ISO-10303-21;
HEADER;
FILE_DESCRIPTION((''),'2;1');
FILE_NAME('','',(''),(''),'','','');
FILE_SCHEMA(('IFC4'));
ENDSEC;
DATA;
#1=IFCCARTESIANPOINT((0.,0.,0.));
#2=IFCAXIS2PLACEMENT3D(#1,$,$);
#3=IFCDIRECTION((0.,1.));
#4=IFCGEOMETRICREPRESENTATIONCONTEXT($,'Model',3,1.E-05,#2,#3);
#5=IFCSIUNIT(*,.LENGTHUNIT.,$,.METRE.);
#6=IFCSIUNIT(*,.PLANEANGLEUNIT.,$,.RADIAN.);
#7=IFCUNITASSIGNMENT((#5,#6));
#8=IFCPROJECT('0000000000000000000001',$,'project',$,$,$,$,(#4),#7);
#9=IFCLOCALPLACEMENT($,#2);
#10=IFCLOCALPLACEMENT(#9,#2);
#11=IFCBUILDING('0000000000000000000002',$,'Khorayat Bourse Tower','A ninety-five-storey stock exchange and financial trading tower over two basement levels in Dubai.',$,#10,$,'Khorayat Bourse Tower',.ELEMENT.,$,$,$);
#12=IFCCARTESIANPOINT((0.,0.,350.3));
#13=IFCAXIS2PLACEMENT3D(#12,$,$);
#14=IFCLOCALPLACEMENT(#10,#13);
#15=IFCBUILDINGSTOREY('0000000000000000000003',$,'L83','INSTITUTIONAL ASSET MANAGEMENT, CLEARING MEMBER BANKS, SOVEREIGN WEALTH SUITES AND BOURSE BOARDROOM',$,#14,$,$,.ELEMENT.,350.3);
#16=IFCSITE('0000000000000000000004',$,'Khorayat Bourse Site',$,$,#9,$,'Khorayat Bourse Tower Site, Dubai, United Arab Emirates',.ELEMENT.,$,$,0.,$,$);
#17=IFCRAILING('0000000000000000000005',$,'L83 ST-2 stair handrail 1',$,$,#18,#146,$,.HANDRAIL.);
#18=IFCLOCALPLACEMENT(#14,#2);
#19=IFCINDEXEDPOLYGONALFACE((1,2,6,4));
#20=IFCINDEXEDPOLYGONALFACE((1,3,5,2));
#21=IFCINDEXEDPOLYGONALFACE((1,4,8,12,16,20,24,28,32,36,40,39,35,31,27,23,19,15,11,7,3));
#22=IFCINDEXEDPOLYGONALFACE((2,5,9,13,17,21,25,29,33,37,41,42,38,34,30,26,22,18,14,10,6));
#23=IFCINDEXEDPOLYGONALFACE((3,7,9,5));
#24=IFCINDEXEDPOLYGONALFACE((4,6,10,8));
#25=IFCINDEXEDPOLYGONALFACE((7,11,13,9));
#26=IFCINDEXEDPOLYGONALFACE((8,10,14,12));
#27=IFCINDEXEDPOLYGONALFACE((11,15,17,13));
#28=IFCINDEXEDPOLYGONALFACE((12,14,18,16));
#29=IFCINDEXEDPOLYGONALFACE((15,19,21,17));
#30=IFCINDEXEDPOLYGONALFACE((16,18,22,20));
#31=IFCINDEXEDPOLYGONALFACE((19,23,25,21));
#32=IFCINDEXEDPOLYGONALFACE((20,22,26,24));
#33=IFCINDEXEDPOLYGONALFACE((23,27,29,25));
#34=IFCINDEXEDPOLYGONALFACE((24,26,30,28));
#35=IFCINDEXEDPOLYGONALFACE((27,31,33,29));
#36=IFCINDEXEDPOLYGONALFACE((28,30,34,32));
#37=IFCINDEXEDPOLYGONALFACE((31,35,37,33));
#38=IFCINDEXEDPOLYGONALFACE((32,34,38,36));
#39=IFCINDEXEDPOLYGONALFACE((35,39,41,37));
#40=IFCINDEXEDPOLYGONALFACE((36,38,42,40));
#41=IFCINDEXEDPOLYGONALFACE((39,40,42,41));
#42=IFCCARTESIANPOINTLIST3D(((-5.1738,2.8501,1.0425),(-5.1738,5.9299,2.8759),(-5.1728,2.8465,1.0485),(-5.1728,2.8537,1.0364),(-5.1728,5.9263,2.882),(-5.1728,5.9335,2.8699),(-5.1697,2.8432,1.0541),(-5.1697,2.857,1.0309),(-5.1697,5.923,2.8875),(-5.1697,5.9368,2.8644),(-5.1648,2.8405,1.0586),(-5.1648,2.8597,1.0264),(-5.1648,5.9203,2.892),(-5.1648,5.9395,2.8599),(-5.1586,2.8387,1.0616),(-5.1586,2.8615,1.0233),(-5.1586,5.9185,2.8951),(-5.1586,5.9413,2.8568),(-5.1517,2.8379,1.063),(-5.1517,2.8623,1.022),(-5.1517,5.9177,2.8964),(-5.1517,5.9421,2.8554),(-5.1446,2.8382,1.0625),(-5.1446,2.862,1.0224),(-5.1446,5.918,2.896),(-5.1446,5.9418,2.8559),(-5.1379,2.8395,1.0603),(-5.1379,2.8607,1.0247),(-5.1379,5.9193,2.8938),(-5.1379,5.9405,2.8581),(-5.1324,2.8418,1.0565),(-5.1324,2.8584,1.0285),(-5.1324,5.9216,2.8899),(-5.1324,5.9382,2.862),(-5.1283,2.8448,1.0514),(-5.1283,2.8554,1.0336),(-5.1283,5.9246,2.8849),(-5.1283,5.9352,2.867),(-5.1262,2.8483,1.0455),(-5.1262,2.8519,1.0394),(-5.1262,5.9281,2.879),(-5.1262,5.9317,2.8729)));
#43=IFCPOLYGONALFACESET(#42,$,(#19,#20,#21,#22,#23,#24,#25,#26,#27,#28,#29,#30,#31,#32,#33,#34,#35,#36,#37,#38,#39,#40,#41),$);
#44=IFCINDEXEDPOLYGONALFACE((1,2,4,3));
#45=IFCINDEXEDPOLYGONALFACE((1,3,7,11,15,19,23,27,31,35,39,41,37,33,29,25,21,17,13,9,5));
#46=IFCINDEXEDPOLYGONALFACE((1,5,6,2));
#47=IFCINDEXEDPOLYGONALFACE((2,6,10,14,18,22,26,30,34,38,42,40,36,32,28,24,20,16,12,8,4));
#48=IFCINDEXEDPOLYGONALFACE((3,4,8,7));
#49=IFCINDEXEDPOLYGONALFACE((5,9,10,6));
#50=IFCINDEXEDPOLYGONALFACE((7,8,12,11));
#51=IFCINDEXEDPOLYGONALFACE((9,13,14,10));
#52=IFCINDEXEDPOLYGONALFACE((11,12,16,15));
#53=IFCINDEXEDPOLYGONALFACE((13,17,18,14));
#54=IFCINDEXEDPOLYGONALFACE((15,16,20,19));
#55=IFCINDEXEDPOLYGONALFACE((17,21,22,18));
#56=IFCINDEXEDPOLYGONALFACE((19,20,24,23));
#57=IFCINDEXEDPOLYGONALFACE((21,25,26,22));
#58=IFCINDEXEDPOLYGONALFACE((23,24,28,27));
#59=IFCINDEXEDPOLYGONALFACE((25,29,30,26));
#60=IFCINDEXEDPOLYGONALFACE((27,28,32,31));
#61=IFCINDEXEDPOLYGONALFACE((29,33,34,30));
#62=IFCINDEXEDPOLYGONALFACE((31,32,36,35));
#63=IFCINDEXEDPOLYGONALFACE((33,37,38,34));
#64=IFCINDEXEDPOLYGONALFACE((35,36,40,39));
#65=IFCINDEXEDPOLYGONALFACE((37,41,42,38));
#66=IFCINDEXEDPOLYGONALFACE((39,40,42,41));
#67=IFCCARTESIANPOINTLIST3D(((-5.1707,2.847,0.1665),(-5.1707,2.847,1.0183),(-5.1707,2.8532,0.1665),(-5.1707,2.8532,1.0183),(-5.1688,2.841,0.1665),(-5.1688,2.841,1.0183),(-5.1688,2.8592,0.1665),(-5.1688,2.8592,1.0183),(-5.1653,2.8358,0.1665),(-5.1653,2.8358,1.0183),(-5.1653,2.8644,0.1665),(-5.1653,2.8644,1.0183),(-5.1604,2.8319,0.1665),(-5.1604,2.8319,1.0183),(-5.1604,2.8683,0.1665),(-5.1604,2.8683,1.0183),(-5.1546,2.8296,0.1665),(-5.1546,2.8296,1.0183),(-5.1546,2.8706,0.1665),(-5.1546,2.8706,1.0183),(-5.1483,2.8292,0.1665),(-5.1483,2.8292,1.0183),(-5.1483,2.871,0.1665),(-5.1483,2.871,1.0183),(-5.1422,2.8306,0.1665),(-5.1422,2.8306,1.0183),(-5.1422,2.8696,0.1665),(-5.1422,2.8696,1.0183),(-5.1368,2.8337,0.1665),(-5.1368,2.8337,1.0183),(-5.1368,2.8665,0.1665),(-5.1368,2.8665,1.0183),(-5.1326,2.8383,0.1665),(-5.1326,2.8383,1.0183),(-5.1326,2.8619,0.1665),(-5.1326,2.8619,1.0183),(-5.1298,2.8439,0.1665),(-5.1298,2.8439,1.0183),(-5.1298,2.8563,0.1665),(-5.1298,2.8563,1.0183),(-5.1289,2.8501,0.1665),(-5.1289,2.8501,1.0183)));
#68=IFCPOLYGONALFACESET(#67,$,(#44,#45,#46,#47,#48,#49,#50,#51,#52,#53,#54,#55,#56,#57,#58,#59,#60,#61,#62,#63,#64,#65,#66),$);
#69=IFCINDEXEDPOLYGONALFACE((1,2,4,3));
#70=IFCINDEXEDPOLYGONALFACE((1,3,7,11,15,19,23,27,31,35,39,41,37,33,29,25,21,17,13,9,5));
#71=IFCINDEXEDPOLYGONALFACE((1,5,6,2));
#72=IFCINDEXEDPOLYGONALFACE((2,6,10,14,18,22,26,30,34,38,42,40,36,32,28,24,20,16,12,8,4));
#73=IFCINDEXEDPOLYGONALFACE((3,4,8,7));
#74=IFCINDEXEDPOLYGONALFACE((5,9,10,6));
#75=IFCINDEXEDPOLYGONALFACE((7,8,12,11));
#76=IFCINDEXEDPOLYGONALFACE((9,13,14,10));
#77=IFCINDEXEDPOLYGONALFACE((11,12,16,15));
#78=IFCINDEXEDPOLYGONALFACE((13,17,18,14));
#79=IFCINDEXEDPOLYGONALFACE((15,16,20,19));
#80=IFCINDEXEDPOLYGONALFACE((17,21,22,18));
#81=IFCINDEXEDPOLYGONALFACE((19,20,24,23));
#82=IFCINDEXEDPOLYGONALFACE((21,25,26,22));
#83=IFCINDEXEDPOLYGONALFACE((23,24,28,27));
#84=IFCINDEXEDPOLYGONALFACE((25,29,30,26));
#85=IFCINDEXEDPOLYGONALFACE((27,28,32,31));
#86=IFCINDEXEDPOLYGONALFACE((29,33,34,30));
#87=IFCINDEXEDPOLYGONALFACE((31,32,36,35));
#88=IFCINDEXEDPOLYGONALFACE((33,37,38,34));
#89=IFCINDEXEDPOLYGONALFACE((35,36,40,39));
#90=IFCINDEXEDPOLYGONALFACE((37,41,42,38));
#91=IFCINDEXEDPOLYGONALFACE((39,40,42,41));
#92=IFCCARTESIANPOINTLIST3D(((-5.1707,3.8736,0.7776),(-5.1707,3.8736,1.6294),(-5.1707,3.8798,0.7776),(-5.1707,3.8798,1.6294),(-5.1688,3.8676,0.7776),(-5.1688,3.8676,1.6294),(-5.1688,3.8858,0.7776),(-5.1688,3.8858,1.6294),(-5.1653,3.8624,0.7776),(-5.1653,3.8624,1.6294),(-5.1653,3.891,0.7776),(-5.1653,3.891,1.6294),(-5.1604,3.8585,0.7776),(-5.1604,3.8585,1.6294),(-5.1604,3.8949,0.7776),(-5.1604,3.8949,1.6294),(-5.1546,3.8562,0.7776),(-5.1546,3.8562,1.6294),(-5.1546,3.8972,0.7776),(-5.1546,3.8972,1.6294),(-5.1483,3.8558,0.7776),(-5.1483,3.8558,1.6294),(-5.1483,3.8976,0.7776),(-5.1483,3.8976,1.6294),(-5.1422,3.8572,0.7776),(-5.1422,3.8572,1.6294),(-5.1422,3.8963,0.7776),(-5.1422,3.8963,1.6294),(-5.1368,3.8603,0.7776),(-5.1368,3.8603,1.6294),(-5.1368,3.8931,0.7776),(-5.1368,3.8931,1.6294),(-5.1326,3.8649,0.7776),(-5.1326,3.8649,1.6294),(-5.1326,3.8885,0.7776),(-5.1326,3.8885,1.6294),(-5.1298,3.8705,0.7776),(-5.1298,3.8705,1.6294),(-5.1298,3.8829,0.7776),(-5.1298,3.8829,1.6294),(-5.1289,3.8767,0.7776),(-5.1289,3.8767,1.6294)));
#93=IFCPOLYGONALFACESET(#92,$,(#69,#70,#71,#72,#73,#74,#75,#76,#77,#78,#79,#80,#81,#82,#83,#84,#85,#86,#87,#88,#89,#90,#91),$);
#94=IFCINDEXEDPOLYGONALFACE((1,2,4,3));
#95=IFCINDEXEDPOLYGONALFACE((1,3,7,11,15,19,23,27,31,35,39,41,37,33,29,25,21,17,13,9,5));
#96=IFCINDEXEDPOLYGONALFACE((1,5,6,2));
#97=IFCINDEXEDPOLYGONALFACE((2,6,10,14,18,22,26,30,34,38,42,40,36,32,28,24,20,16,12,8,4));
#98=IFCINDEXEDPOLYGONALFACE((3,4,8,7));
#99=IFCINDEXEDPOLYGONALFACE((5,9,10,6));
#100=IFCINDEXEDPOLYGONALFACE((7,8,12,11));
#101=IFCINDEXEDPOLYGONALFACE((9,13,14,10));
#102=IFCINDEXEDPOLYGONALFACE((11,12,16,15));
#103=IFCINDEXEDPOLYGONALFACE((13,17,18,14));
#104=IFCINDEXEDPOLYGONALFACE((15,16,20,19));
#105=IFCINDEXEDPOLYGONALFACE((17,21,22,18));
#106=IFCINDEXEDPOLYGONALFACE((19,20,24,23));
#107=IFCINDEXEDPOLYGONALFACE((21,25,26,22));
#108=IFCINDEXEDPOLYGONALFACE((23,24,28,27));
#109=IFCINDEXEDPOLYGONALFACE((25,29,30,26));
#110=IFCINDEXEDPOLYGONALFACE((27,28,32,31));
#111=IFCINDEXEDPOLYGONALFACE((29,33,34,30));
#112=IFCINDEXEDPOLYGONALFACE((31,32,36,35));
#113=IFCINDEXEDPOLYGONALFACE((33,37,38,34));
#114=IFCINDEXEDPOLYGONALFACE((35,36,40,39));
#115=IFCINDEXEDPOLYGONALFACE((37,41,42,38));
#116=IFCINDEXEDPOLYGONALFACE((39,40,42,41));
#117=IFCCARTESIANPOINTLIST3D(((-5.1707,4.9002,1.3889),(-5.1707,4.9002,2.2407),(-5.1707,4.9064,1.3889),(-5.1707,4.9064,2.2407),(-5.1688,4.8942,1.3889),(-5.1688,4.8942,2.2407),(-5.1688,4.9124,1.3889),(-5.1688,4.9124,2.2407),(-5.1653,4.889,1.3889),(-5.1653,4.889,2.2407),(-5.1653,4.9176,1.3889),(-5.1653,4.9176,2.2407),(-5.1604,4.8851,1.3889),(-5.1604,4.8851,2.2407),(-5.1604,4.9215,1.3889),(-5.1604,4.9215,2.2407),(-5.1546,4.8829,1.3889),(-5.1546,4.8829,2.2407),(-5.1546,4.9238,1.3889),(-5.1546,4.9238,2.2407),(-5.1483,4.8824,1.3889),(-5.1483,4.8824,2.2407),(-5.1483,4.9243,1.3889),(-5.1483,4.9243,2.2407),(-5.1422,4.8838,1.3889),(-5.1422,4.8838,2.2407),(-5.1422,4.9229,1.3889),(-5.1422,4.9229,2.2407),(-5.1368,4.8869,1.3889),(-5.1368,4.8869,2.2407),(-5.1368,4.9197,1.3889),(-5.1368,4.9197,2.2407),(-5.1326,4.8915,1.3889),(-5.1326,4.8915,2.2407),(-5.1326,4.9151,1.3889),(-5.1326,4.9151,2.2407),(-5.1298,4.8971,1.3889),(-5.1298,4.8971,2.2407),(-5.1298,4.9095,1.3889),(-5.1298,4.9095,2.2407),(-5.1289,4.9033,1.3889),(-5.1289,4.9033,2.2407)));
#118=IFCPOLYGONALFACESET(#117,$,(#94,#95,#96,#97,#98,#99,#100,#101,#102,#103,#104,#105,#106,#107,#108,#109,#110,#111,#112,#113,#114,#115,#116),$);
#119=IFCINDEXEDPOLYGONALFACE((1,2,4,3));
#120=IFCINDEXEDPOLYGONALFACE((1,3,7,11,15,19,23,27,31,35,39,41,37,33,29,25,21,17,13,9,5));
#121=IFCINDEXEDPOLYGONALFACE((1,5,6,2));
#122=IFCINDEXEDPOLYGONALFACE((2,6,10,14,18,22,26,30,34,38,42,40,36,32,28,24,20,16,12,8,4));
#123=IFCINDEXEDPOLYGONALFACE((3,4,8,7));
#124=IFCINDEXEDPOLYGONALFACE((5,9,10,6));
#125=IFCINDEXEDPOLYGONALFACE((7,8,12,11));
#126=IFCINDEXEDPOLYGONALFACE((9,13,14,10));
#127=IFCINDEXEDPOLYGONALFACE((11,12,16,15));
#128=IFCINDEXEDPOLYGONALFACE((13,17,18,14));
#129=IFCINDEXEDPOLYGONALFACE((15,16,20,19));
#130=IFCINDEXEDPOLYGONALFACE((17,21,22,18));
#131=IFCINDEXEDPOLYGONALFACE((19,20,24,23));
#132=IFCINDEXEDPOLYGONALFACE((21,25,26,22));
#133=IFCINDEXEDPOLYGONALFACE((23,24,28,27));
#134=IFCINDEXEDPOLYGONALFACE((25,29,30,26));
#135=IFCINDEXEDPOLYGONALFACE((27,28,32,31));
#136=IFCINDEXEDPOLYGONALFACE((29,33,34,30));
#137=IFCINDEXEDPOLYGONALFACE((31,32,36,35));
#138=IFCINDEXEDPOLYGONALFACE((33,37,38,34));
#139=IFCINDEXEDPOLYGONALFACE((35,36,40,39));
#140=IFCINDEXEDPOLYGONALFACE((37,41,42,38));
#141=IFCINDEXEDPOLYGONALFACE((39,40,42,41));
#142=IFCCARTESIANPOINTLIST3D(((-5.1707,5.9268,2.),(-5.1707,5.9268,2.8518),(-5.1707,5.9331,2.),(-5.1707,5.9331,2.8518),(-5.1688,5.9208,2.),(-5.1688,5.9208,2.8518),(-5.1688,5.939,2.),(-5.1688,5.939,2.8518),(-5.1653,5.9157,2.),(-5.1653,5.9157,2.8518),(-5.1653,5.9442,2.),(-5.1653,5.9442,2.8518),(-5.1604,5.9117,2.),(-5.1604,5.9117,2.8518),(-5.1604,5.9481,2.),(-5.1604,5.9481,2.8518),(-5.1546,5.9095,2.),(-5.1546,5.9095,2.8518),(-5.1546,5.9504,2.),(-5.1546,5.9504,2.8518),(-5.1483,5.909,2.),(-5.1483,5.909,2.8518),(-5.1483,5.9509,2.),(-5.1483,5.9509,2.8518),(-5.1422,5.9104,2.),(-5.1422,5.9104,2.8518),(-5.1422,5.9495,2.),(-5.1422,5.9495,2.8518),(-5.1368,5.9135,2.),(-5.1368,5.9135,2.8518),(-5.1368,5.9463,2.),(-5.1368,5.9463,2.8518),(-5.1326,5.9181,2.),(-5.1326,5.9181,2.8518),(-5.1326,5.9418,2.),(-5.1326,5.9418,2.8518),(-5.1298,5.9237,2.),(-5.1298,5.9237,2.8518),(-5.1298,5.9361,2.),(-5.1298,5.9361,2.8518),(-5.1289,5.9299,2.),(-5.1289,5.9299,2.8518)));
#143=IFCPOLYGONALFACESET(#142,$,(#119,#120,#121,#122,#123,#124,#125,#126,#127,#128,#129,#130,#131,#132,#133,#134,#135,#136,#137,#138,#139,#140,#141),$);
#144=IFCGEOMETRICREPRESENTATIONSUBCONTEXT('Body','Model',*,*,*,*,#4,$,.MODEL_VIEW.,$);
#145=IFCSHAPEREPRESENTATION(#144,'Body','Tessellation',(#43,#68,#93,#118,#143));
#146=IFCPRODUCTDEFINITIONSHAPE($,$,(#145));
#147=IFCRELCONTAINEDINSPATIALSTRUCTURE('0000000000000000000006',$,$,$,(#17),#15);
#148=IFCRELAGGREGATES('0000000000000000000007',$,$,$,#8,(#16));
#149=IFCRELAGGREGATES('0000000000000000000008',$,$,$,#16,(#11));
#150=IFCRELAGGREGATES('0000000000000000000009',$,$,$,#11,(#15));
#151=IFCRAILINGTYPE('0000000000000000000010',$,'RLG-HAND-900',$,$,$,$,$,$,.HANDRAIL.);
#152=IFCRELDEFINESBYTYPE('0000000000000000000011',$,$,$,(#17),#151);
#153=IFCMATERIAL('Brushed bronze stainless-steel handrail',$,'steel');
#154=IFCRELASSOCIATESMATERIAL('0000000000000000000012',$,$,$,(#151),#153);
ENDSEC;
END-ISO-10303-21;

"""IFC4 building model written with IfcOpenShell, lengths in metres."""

from ifc_helpers import new_model, si_unit, direction, frame, origin, origin_2d, place, context, subcontext, project, spatial, circle, extrude, source, transform, mapped, material, type_object, element, save


model = new_model("IFC4")

# Units and contexts
model_context = context("Model", 3, precision=1e-05, world=origin(), true_north=direction((0.0, 1.0)))
body_context = subcontext(model_context, "Body", "Model", "MODEL_VIEW")
ifc_project = project(units=[si_unit("LENGTHUNIT", "METRE"), si_unit("PLANEANGLEUNIT", "RADIAN")], contexts=[model_context])

# Site, building, storey
site_placement = place(None, origin())
site = spatial("IfcSite", under=ifc_project, at=site_placement, Name="Khorayat Bourse Site", LongName="Khorayat Bourse Tower Site, Dubai, United Arab Emirates", CompositionType="ELEMENT", RefElevation=0.0)
building_placement = place(site_placement, origin())
building = spatial("IfcBuilding", under=site, at=building_placement, Name="Khorayat Bourse Tower", Description="A ninety-five-storey stock exchange and financial trading tower over two basement levels in Dubai.", LongName="Khorayat Bourse Tower", CompositionType="ELEMENT")
storey_placement = place(building_placement, frame((0.0, 0.0, 350.3)))
storey = spatial("IfcBuildingStorey", under=building, at=storey_placement, Name="L83", Description="INSTITUTIONAL ASSET MANAGEMENT, CLEARING MEMBER BANKS, SOVEREIGN WEALTH SUITES AND BOURSE BOARDROOM", CompositionType="ELEMENT", Elevation=350.3)

# Railing
ifc_material_1 = material(Name="Brushed bronze stainless-steel handrail", Category="steel")
railing_type_1 = type_object("IfcRailingType", Name="RLG-HAND-900", PredefinedType="HANDRAIL", material=ifc_material_1)
shared_shape_1 = source(origin(), body_context, "Body", "SweptSolid", [
    extrude(circle(Radius=0.0239, at=origin_2d()), frame((0.0, 0.0, 0.876), z_axis=(0.0, 0.859261, 0.511538), x_axis=(-1.0, 0.0, 0.0)), (0.0, 0.0, 1.0), 3.5842),
    extrude(circle(Radius=0.021, at=origin_2d()), origin(), (0.0, 0.0, 1.0), 0.8518),
    extrude(circle(Radius=0.021, at=origin_2d()), frame((0.0, 1.0266, 0.6111)), (0.0, 0.0, 1.0), 0.8518),
    extrude(circle(Radius=0.021, at=origin_2d()), frame((0.0, 2.0532, 1.2224)), (0.0, 0.0, 1.0), 0.8518),
    extrude(circle(Radius=0.021, at=origin_2d()), frame((0.0, 3.0798, 1.8335)), (0.0, 0.0, 1.0), 0.8518),
])
railing_1_placement = place(storey_placement, frame((-5.1499, 2.8501, 0.1665)))
element("IfcRailing", 1, at=railing_1_placement, inside=storey, type_object=railing_type_1, Name="L83 ST-2 stair handrail 1", PredefinedType="HANDRAIL", context=body_context, shape_type="MappedRepresentation", body=[
    mapped(shared_shape_1, transform((0.0, 0.0, 0.0), scale=1.0)),
])

save(model, "model.ifc")
